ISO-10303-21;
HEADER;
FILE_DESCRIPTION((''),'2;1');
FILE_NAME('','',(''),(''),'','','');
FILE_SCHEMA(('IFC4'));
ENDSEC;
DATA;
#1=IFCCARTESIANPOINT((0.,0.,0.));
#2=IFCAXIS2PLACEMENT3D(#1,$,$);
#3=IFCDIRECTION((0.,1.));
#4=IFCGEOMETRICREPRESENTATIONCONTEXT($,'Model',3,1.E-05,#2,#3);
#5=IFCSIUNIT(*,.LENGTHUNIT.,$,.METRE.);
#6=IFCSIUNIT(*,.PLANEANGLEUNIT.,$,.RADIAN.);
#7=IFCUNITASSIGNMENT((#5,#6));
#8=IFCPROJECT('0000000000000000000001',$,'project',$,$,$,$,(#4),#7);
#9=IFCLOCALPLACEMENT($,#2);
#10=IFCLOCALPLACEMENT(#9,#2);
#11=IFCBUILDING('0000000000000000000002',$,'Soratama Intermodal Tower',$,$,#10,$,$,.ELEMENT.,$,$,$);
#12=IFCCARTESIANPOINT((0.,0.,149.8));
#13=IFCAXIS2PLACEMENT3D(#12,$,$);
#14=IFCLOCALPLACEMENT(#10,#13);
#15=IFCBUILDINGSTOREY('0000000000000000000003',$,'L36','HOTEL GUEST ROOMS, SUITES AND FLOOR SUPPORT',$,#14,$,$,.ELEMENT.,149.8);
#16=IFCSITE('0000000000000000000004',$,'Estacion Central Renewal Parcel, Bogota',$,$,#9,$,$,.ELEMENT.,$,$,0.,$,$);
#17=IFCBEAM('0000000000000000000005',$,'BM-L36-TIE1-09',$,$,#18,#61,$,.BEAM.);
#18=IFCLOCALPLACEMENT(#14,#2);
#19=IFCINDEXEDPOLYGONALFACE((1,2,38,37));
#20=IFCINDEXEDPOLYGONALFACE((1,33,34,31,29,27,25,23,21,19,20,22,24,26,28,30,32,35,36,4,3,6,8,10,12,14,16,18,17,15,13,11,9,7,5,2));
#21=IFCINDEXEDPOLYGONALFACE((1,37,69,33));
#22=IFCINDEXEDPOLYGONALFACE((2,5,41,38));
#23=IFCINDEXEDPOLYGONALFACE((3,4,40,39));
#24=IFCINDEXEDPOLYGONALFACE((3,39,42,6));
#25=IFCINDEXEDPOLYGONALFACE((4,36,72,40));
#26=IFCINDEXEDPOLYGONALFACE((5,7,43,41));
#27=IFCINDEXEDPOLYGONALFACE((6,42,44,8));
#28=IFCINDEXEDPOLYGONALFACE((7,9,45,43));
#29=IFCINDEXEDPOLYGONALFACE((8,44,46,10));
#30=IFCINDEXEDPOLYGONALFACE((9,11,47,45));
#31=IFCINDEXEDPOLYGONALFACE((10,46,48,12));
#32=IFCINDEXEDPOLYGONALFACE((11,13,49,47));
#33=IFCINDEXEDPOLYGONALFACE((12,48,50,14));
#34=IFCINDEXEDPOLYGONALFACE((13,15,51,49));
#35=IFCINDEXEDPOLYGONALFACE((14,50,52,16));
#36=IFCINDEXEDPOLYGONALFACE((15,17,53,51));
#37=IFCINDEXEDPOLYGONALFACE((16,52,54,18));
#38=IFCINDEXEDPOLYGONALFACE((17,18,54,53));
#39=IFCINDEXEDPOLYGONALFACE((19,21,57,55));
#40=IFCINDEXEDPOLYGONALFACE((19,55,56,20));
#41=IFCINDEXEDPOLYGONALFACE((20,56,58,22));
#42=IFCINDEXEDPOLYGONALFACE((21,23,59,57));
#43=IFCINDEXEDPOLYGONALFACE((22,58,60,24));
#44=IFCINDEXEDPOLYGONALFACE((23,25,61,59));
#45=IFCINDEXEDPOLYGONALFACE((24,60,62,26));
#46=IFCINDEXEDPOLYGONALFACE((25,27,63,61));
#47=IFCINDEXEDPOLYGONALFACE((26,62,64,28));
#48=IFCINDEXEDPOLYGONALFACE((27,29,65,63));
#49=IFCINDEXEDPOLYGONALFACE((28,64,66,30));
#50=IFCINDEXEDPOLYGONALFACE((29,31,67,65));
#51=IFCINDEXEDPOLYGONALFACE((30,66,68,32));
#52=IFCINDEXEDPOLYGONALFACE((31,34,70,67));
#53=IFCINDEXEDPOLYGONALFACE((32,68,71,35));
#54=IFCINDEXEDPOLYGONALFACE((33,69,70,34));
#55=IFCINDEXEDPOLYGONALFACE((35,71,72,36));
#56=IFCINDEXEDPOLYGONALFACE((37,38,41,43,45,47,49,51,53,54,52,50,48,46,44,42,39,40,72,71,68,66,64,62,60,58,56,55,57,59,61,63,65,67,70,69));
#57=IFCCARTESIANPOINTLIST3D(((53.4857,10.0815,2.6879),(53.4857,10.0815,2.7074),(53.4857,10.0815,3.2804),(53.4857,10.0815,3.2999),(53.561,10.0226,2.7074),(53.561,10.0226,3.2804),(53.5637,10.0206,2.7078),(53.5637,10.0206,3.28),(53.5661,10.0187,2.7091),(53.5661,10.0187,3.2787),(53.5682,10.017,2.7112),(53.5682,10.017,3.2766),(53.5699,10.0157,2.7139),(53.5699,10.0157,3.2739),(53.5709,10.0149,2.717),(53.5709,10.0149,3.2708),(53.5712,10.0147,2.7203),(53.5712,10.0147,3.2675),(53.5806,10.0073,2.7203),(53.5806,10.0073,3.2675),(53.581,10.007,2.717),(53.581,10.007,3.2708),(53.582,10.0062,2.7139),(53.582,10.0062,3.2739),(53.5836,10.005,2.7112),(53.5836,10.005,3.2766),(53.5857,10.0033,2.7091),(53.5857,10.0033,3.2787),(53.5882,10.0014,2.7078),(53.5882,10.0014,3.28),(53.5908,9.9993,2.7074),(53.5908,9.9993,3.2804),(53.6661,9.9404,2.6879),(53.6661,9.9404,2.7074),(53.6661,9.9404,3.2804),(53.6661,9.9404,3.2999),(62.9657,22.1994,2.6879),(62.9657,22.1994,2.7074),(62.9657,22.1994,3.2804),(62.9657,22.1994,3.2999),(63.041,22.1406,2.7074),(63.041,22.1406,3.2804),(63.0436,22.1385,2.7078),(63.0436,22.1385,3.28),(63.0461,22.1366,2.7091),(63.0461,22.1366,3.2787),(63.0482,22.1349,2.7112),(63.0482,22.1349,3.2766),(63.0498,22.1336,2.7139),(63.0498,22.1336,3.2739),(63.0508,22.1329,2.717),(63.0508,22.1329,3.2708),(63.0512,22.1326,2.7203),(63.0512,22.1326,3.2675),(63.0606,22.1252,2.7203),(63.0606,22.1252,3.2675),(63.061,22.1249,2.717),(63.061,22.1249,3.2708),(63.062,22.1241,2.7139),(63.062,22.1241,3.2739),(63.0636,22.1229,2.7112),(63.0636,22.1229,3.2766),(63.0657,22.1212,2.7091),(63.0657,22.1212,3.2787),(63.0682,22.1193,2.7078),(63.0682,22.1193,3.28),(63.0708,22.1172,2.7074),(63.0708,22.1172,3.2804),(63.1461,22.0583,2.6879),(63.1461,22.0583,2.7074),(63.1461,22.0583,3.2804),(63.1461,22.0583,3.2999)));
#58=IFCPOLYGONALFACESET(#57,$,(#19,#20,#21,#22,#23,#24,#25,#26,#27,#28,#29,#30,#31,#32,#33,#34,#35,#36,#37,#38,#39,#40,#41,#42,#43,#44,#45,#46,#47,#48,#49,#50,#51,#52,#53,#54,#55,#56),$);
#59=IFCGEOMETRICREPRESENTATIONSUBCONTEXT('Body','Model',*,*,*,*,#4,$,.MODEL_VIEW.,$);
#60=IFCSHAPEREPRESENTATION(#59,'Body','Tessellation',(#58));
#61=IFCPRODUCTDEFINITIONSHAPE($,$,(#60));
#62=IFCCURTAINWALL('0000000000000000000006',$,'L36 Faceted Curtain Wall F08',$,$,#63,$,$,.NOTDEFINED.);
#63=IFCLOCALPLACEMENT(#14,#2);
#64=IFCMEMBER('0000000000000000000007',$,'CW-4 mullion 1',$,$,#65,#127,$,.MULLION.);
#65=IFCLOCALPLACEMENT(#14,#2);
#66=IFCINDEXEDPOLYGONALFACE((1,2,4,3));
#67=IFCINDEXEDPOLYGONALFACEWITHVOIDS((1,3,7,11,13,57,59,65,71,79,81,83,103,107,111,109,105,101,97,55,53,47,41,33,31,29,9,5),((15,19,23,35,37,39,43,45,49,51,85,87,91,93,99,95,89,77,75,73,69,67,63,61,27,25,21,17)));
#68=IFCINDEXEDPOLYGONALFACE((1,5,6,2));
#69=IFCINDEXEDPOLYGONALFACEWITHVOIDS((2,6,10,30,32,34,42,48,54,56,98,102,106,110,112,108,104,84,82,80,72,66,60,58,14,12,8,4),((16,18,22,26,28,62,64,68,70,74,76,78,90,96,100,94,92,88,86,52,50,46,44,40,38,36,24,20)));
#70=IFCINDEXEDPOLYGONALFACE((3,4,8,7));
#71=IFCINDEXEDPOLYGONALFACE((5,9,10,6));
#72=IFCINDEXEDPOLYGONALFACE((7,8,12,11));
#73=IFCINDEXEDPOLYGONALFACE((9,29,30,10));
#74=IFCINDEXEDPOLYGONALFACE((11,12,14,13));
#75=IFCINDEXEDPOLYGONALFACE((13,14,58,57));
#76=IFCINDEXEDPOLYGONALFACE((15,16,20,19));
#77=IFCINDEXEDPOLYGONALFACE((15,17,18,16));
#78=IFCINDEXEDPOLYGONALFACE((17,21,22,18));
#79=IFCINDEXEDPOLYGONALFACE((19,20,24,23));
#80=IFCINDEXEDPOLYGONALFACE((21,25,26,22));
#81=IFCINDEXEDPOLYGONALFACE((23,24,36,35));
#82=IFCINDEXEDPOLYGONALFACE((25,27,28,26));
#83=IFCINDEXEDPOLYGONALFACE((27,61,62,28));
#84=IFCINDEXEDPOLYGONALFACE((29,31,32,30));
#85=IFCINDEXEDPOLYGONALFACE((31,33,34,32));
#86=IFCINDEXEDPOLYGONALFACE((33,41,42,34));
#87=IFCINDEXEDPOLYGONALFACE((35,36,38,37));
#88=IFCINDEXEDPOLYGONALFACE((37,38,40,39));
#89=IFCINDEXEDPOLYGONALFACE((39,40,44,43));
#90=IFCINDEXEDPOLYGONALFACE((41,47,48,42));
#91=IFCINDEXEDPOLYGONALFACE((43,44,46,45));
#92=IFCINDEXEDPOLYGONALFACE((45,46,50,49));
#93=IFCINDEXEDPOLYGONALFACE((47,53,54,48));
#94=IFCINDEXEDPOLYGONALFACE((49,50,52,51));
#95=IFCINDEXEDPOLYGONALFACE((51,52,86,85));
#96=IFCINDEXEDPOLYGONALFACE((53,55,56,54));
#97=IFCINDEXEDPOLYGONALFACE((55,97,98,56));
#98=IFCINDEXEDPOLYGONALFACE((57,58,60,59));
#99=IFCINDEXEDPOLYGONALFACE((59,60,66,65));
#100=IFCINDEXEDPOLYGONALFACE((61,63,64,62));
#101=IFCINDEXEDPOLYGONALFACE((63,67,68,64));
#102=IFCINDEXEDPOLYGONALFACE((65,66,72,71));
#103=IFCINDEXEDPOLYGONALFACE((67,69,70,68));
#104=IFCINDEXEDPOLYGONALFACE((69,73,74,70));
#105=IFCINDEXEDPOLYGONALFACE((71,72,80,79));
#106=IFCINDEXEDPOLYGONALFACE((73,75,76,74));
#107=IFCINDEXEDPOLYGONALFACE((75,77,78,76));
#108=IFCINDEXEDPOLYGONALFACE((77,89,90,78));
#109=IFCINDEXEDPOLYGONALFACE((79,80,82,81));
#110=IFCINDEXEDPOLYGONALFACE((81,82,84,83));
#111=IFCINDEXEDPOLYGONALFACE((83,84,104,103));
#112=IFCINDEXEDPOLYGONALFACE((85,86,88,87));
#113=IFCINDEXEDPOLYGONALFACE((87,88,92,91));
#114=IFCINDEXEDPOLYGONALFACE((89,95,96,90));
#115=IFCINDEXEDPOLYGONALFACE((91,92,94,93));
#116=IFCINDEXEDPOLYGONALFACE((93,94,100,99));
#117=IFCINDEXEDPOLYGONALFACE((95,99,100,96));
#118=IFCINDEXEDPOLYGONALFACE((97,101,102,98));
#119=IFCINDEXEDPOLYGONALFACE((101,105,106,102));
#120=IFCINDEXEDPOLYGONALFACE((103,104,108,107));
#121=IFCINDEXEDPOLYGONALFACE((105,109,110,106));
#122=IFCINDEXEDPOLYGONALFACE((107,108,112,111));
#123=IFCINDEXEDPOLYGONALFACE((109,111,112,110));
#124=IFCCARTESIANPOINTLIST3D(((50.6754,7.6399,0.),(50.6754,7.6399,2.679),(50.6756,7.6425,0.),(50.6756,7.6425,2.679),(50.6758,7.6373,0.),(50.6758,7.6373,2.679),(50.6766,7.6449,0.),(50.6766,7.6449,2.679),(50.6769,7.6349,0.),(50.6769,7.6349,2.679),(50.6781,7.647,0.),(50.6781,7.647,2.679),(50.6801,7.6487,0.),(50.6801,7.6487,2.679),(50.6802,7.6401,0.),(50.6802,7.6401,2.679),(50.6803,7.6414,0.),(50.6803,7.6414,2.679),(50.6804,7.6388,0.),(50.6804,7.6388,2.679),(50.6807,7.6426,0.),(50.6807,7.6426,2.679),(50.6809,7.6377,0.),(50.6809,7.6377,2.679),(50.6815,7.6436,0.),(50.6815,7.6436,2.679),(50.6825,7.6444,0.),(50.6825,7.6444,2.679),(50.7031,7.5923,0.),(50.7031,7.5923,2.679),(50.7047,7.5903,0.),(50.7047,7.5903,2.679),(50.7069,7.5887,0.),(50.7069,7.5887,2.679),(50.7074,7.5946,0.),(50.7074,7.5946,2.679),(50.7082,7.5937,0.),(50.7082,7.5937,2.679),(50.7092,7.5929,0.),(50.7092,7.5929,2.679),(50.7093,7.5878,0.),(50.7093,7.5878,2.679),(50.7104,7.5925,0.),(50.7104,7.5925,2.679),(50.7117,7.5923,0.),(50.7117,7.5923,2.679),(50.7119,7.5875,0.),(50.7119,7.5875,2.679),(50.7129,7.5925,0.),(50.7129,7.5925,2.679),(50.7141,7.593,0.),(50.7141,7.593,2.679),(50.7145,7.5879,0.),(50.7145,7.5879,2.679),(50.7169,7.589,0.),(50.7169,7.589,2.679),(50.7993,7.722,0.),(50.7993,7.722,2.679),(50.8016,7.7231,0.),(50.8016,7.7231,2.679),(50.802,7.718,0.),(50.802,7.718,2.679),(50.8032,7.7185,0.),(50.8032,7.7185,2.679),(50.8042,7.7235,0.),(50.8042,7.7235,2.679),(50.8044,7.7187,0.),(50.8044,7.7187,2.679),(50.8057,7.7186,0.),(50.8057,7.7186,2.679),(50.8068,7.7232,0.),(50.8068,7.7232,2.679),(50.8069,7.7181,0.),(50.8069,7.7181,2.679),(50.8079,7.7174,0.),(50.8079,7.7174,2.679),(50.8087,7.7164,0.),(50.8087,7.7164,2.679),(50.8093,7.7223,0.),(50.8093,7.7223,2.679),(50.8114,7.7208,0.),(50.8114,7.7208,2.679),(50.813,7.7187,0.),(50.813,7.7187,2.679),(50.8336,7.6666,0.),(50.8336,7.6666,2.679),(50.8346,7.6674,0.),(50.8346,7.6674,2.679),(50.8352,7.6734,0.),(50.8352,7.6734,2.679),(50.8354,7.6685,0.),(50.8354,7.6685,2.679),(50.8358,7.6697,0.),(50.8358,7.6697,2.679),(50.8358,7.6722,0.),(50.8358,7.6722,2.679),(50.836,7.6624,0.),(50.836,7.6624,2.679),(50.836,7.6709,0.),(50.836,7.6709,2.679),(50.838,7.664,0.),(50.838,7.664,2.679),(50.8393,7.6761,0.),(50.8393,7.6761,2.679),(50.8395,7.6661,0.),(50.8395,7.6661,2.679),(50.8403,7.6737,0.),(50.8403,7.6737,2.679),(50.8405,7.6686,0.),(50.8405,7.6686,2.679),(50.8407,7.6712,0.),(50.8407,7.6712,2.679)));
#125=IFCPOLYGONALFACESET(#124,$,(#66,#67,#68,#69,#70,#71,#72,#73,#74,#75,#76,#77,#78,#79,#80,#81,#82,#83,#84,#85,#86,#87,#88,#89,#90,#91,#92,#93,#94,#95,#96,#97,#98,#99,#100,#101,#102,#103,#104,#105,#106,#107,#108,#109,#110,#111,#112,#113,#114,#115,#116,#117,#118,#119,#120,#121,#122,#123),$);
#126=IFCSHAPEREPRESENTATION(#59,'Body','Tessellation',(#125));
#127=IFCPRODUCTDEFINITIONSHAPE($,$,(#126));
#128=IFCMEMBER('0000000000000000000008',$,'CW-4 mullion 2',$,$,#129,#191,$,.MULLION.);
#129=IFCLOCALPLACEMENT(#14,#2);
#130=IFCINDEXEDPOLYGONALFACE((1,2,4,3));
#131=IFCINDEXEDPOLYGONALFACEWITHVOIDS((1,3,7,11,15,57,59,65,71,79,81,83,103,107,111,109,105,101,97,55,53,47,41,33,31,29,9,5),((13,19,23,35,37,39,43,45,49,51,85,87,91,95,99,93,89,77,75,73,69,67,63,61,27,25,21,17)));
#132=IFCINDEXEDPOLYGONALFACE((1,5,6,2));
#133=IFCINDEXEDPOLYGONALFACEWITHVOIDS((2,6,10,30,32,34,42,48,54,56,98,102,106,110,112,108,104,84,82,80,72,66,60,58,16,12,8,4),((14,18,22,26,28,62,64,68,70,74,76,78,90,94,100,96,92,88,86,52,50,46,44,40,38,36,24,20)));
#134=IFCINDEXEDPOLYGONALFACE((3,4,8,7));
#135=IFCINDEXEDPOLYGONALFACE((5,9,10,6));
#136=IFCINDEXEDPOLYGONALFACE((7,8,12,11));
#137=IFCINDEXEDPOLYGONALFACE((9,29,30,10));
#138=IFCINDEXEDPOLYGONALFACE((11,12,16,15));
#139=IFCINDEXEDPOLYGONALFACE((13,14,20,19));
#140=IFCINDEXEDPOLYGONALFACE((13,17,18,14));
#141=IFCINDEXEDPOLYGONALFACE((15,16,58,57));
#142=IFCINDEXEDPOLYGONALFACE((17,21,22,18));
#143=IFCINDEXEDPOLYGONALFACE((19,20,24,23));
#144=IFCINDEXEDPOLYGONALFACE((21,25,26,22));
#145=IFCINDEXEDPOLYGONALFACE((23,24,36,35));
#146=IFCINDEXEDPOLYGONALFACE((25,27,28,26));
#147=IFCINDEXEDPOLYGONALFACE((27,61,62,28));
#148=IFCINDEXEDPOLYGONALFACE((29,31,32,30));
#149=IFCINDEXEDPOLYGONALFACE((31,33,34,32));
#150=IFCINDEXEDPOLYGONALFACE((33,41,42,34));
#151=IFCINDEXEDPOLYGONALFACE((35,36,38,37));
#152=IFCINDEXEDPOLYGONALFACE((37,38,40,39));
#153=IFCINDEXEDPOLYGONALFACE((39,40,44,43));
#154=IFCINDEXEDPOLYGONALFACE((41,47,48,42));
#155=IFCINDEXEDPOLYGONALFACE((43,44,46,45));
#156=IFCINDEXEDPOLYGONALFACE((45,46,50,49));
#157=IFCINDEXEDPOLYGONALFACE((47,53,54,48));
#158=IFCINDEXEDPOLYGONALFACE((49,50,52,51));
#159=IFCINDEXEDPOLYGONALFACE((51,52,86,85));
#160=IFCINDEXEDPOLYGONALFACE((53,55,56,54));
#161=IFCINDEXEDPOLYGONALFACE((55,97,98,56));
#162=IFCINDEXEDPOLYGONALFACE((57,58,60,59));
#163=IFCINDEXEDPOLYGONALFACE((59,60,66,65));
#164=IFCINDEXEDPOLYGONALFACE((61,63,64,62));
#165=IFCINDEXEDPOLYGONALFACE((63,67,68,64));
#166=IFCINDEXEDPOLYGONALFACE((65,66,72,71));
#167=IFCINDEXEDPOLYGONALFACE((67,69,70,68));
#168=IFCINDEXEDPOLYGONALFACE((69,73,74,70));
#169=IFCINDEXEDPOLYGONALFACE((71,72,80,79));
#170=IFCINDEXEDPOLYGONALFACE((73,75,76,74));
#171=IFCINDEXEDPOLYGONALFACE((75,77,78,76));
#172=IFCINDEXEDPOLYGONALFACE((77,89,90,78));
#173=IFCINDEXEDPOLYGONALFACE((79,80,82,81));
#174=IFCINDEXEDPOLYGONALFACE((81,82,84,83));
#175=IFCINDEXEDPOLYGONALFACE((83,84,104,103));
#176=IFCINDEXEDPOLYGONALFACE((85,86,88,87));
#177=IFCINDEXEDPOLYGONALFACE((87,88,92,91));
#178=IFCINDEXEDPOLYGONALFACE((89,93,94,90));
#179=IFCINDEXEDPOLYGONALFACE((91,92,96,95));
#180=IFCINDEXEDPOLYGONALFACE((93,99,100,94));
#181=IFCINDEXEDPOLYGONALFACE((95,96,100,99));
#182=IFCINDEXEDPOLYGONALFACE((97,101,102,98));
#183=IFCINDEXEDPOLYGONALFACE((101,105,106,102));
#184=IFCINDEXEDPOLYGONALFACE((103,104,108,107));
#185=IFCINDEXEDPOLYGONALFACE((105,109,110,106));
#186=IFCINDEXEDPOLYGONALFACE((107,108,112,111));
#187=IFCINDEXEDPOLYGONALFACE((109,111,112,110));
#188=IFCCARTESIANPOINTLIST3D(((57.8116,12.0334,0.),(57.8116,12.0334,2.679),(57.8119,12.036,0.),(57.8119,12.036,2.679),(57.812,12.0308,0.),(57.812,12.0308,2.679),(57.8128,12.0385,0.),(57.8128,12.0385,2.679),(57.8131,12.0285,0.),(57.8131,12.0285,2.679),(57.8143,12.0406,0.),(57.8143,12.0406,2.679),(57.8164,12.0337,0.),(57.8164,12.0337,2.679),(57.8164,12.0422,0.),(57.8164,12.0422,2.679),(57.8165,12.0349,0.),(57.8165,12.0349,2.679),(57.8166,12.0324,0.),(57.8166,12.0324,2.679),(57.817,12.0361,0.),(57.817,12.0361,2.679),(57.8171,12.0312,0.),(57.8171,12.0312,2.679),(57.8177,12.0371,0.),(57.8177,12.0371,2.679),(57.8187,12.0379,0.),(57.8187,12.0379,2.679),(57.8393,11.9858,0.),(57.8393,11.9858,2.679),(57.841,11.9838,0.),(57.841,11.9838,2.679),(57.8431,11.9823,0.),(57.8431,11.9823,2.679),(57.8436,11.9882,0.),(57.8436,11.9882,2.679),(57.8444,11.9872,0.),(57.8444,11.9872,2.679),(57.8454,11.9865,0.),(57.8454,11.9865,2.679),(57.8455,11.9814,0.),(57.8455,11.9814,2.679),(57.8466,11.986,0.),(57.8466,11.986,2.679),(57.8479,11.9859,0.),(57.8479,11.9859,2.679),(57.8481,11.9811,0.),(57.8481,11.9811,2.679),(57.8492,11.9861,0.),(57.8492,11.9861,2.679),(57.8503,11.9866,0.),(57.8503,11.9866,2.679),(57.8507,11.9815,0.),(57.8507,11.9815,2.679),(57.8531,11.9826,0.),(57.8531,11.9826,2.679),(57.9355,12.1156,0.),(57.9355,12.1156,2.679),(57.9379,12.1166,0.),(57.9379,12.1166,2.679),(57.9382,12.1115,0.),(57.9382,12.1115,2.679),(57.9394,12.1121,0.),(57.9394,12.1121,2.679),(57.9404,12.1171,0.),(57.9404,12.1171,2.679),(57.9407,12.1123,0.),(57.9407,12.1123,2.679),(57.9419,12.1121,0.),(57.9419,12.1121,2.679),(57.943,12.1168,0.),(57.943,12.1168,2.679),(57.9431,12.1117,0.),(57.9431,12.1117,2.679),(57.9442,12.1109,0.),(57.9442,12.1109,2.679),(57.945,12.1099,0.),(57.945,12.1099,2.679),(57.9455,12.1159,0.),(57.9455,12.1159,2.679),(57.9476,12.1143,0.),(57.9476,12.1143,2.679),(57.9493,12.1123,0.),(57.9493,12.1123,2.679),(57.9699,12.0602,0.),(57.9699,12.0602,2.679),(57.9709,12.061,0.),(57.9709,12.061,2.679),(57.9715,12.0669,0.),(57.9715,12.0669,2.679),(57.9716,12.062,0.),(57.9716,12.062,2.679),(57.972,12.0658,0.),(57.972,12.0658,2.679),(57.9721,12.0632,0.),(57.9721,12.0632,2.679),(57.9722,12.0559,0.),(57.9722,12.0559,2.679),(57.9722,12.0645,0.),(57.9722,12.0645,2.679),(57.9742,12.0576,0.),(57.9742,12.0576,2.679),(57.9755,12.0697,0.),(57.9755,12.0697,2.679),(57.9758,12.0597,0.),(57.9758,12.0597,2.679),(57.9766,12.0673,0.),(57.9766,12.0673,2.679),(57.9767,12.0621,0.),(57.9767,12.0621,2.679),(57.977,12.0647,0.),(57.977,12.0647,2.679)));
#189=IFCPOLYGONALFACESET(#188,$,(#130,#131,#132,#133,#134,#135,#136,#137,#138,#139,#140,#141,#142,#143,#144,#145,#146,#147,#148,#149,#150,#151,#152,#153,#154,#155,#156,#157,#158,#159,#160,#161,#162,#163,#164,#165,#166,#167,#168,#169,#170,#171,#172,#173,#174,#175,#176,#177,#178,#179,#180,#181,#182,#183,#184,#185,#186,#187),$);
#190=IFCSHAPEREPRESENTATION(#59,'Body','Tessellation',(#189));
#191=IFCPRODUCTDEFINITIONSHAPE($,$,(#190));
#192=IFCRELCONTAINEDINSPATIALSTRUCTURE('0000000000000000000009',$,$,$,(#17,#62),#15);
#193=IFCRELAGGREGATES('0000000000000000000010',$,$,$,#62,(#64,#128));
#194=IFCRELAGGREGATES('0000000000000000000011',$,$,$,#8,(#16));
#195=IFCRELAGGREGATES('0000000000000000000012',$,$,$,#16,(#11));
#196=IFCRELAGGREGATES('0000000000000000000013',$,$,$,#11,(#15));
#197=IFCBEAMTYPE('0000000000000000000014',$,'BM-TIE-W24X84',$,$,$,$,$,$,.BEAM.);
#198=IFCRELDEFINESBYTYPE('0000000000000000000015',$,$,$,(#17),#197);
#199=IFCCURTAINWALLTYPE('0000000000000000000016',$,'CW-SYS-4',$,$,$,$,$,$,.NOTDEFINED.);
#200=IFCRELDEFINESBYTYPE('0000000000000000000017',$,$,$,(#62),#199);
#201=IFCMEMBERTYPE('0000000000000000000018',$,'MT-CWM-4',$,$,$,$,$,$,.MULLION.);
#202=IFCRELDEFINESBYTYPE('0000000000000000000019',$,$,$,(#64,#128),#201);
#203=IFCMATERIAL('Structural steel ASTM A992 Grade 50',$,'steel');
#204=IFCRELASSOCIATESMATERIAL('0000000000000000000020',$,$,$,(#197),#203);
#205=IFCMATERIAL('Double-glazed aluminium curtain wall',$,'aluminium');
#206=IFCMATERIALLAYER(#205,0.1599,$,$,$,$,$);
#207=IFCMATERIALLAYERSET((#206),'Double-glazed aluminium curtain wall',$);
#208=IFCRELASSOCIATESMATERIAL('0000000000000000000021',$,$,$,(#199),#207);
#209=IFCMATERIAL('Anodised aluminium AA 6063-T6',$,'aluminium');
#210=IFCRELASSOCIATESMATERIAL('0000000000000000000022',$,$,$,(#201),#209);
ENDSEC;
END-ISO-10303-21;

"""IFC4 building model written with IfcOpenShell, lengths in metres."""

from ifc_helpers import new_model, si_unit, direction, frame, origin, origin_2d, place, context, subcontext, project, spatial, hollow_rectangle, i_section, extrude, material, layer, layer_set, material_profile, profile_set, type_object, element, aggregate, save


model = new_model("IFC4")

# Units and contexts
model_context = context("Model", 3, precision=1e-05, world=origin(), true_north=direction((0.0, 1.0)))
body_context = subcontext(model_context, "Body", "Model", "MODEL_VIEW")
ifc_project = project(units=[si_unit("LENGTHUNIT", "METRE"), si_unit("PLANEANGLEUNIT", "RADIAN")], contexts=[model_context])

# Site, building, storey
site_placement = place(None, origin())
site = spatial("IfcSite", under=ifc_project, at=site_placement, Name="Estacion Central Renewal Parcel, Bogota", CompositionType="ELEMENT", RefElevation=0.0)
building_placement = place(site_placement, origin())
building = spatial("IfcBuilding", under=site, at=building_placement, Name="Soratama Intermodal Tower", CompositionType="ELEMENT")
storey_placement = place(building_placement, frame((0.0, 0.0, 149.8)))
storey = spatial("IfcBuildingStorey", under=building, at=storey_placement, Name="L36", Description="HOTEL GUEST ROOMS, SUITES AND FLOOR SUPPORT", CompositionType="ELEMENT", Elevation=149.8)

# Beam
ifc_material_1 = material(Name="Structural steel ASTM A992 Grade 50", Category="steel")
ifc_material_profile_1 = material_profile(ifc_material_1, i_section(OverallWidth=0.229, OverallDepth=0.6121, WebThickness=0.012, FlangeThickness=0.0195, FilletRadius=0.0129, at=origin_2d()), Name="W24X84")
ifc_profile_set_1 = profile_set([ifc_material_profile_1], Name="Structural steel ASTM A992 Grade 50")
beam_type_1 = type_object("IfcBeamType", Name="BM-TIE-W24X84", PredefinedType="BEAM", material=ifc_profile_set_1)
beam_1_placement = place(storey_placement, frame((53.5759, 10.011, 2.9939), z_axis=(0.616163, 0.787619, 0.0), x_axis=(-0.787619, 0.616163, 0.0)))
element("IfcBeam", 1, at=beam_1_placement, inside=storey, type_object=beam_type_1, Name="BM-L36-TIE1-09", PredefinedType="BEAM", context=body_context, shape_type="SweptSolid", body=[
    extrude(i_section(OverallWidth=0.229, OverallDepth=0.6121, WebThickness=0.012, FlangeThickness=0.0195, FilletRadius=0.0129, at=origin_2d()), origin(), (0.0, 0.0, 1.0), 15.3855),
])

# Curtain wall, members
ifc_material_2 = material(Name="Double-glazed aluminium curtain wall", Category="aluminium")
ifc_layer_1 = layer(ifc_material_2, 0.1599)
ifc_layer_set_1 = layer_set([ifc_layer_1], Name="Double-glazed aluminium curtain wall")
curtain_wall_type = type_object("IfcCurtainWallType", Name="CW-SYS-4", PredefinedType="NOTDEFINED", material=ifc_layer_set_1)
curtain_wall_placement = place(storey_placement, origin())
curtain_wall = element("IfcCurtainWall", 2, at=curtain_wall_placement, inside=storey, type_object=curtain_wall_type, Name="L36 Faceted Curtain Wall F08", PredefinedType="NOTDEFINED")
ifc_material_3 = material(Name="Anodised aluminium AA 6063-T6", Category="aluminium")
ifc_material_profile_2 = material_profile(ifc_material_3, hollow_rectangle(XDim=0.0701, YDim=0.1599, WallThickness=0.0049, InnerFilletRadius=0.0049, OuterFilletRadius=0.01, at=origin_2d()), Name="CWM160X70X5")
ifc_profile_set_2 = profile_set([ifc_material_profile_2], Name="Anodised aluminium AA 6063-T6")
member_type_1 = type_object("IfcMemberType", Name="MT-CWM-4", PredefinedType="MULLION", material=ifc_profile_set_2)
member_1_placement = place(storey_placement, frame((50.7581, 7.6555, 0.0), z_axis=(0.0, 0.0, 1.0), x_axis=(-0.524277, 0.851548, 0.0)))
member_1 = element("IfcMember", 3, at=member_1_placement, type_object=member_type_1, Name="CW-4 mullion 1", PredefinedType="MULLION", context=body_context, shape_type="SweptSolid", body=[
    extrude(hollow_rectangle(XDim=0.0701, YDim=0.1599, WallThickness=0.0049, InnerFilletRadius=0.0049, OuterFilletRadius=0.01, at=origin_2d()), origin(), (0.0, 0.0, 1.0), 2.679),
])
member_2_placement = place(storey_placement, frame((57.8943, 12.0491, 0.0), z_axis=(0.0, 0.0, 1.0), x_axis=(-0.524277, 0.851548, 0.0)))
member_2 = element("IfcMember", 4, at=member_2_placement, type_object=member_type_1, Name="CW-4 mullion 2", PredefinedType="MULLION", context=body_context, shape_type="SweptSolid", body=[
    extrude(hollow_rectangle(XDim=0.0701, YDim=0.1599, WallThickness=0.0049, InnerFilletRadius=0.0049, OuterFilletRadius=0.01, at=origin_2d()), origin(), (0.0, 0.0, 1.0), 2.679),
])
aggregate(curtain_wall, [member_1, member_2])

save(model, "model.ifc")
